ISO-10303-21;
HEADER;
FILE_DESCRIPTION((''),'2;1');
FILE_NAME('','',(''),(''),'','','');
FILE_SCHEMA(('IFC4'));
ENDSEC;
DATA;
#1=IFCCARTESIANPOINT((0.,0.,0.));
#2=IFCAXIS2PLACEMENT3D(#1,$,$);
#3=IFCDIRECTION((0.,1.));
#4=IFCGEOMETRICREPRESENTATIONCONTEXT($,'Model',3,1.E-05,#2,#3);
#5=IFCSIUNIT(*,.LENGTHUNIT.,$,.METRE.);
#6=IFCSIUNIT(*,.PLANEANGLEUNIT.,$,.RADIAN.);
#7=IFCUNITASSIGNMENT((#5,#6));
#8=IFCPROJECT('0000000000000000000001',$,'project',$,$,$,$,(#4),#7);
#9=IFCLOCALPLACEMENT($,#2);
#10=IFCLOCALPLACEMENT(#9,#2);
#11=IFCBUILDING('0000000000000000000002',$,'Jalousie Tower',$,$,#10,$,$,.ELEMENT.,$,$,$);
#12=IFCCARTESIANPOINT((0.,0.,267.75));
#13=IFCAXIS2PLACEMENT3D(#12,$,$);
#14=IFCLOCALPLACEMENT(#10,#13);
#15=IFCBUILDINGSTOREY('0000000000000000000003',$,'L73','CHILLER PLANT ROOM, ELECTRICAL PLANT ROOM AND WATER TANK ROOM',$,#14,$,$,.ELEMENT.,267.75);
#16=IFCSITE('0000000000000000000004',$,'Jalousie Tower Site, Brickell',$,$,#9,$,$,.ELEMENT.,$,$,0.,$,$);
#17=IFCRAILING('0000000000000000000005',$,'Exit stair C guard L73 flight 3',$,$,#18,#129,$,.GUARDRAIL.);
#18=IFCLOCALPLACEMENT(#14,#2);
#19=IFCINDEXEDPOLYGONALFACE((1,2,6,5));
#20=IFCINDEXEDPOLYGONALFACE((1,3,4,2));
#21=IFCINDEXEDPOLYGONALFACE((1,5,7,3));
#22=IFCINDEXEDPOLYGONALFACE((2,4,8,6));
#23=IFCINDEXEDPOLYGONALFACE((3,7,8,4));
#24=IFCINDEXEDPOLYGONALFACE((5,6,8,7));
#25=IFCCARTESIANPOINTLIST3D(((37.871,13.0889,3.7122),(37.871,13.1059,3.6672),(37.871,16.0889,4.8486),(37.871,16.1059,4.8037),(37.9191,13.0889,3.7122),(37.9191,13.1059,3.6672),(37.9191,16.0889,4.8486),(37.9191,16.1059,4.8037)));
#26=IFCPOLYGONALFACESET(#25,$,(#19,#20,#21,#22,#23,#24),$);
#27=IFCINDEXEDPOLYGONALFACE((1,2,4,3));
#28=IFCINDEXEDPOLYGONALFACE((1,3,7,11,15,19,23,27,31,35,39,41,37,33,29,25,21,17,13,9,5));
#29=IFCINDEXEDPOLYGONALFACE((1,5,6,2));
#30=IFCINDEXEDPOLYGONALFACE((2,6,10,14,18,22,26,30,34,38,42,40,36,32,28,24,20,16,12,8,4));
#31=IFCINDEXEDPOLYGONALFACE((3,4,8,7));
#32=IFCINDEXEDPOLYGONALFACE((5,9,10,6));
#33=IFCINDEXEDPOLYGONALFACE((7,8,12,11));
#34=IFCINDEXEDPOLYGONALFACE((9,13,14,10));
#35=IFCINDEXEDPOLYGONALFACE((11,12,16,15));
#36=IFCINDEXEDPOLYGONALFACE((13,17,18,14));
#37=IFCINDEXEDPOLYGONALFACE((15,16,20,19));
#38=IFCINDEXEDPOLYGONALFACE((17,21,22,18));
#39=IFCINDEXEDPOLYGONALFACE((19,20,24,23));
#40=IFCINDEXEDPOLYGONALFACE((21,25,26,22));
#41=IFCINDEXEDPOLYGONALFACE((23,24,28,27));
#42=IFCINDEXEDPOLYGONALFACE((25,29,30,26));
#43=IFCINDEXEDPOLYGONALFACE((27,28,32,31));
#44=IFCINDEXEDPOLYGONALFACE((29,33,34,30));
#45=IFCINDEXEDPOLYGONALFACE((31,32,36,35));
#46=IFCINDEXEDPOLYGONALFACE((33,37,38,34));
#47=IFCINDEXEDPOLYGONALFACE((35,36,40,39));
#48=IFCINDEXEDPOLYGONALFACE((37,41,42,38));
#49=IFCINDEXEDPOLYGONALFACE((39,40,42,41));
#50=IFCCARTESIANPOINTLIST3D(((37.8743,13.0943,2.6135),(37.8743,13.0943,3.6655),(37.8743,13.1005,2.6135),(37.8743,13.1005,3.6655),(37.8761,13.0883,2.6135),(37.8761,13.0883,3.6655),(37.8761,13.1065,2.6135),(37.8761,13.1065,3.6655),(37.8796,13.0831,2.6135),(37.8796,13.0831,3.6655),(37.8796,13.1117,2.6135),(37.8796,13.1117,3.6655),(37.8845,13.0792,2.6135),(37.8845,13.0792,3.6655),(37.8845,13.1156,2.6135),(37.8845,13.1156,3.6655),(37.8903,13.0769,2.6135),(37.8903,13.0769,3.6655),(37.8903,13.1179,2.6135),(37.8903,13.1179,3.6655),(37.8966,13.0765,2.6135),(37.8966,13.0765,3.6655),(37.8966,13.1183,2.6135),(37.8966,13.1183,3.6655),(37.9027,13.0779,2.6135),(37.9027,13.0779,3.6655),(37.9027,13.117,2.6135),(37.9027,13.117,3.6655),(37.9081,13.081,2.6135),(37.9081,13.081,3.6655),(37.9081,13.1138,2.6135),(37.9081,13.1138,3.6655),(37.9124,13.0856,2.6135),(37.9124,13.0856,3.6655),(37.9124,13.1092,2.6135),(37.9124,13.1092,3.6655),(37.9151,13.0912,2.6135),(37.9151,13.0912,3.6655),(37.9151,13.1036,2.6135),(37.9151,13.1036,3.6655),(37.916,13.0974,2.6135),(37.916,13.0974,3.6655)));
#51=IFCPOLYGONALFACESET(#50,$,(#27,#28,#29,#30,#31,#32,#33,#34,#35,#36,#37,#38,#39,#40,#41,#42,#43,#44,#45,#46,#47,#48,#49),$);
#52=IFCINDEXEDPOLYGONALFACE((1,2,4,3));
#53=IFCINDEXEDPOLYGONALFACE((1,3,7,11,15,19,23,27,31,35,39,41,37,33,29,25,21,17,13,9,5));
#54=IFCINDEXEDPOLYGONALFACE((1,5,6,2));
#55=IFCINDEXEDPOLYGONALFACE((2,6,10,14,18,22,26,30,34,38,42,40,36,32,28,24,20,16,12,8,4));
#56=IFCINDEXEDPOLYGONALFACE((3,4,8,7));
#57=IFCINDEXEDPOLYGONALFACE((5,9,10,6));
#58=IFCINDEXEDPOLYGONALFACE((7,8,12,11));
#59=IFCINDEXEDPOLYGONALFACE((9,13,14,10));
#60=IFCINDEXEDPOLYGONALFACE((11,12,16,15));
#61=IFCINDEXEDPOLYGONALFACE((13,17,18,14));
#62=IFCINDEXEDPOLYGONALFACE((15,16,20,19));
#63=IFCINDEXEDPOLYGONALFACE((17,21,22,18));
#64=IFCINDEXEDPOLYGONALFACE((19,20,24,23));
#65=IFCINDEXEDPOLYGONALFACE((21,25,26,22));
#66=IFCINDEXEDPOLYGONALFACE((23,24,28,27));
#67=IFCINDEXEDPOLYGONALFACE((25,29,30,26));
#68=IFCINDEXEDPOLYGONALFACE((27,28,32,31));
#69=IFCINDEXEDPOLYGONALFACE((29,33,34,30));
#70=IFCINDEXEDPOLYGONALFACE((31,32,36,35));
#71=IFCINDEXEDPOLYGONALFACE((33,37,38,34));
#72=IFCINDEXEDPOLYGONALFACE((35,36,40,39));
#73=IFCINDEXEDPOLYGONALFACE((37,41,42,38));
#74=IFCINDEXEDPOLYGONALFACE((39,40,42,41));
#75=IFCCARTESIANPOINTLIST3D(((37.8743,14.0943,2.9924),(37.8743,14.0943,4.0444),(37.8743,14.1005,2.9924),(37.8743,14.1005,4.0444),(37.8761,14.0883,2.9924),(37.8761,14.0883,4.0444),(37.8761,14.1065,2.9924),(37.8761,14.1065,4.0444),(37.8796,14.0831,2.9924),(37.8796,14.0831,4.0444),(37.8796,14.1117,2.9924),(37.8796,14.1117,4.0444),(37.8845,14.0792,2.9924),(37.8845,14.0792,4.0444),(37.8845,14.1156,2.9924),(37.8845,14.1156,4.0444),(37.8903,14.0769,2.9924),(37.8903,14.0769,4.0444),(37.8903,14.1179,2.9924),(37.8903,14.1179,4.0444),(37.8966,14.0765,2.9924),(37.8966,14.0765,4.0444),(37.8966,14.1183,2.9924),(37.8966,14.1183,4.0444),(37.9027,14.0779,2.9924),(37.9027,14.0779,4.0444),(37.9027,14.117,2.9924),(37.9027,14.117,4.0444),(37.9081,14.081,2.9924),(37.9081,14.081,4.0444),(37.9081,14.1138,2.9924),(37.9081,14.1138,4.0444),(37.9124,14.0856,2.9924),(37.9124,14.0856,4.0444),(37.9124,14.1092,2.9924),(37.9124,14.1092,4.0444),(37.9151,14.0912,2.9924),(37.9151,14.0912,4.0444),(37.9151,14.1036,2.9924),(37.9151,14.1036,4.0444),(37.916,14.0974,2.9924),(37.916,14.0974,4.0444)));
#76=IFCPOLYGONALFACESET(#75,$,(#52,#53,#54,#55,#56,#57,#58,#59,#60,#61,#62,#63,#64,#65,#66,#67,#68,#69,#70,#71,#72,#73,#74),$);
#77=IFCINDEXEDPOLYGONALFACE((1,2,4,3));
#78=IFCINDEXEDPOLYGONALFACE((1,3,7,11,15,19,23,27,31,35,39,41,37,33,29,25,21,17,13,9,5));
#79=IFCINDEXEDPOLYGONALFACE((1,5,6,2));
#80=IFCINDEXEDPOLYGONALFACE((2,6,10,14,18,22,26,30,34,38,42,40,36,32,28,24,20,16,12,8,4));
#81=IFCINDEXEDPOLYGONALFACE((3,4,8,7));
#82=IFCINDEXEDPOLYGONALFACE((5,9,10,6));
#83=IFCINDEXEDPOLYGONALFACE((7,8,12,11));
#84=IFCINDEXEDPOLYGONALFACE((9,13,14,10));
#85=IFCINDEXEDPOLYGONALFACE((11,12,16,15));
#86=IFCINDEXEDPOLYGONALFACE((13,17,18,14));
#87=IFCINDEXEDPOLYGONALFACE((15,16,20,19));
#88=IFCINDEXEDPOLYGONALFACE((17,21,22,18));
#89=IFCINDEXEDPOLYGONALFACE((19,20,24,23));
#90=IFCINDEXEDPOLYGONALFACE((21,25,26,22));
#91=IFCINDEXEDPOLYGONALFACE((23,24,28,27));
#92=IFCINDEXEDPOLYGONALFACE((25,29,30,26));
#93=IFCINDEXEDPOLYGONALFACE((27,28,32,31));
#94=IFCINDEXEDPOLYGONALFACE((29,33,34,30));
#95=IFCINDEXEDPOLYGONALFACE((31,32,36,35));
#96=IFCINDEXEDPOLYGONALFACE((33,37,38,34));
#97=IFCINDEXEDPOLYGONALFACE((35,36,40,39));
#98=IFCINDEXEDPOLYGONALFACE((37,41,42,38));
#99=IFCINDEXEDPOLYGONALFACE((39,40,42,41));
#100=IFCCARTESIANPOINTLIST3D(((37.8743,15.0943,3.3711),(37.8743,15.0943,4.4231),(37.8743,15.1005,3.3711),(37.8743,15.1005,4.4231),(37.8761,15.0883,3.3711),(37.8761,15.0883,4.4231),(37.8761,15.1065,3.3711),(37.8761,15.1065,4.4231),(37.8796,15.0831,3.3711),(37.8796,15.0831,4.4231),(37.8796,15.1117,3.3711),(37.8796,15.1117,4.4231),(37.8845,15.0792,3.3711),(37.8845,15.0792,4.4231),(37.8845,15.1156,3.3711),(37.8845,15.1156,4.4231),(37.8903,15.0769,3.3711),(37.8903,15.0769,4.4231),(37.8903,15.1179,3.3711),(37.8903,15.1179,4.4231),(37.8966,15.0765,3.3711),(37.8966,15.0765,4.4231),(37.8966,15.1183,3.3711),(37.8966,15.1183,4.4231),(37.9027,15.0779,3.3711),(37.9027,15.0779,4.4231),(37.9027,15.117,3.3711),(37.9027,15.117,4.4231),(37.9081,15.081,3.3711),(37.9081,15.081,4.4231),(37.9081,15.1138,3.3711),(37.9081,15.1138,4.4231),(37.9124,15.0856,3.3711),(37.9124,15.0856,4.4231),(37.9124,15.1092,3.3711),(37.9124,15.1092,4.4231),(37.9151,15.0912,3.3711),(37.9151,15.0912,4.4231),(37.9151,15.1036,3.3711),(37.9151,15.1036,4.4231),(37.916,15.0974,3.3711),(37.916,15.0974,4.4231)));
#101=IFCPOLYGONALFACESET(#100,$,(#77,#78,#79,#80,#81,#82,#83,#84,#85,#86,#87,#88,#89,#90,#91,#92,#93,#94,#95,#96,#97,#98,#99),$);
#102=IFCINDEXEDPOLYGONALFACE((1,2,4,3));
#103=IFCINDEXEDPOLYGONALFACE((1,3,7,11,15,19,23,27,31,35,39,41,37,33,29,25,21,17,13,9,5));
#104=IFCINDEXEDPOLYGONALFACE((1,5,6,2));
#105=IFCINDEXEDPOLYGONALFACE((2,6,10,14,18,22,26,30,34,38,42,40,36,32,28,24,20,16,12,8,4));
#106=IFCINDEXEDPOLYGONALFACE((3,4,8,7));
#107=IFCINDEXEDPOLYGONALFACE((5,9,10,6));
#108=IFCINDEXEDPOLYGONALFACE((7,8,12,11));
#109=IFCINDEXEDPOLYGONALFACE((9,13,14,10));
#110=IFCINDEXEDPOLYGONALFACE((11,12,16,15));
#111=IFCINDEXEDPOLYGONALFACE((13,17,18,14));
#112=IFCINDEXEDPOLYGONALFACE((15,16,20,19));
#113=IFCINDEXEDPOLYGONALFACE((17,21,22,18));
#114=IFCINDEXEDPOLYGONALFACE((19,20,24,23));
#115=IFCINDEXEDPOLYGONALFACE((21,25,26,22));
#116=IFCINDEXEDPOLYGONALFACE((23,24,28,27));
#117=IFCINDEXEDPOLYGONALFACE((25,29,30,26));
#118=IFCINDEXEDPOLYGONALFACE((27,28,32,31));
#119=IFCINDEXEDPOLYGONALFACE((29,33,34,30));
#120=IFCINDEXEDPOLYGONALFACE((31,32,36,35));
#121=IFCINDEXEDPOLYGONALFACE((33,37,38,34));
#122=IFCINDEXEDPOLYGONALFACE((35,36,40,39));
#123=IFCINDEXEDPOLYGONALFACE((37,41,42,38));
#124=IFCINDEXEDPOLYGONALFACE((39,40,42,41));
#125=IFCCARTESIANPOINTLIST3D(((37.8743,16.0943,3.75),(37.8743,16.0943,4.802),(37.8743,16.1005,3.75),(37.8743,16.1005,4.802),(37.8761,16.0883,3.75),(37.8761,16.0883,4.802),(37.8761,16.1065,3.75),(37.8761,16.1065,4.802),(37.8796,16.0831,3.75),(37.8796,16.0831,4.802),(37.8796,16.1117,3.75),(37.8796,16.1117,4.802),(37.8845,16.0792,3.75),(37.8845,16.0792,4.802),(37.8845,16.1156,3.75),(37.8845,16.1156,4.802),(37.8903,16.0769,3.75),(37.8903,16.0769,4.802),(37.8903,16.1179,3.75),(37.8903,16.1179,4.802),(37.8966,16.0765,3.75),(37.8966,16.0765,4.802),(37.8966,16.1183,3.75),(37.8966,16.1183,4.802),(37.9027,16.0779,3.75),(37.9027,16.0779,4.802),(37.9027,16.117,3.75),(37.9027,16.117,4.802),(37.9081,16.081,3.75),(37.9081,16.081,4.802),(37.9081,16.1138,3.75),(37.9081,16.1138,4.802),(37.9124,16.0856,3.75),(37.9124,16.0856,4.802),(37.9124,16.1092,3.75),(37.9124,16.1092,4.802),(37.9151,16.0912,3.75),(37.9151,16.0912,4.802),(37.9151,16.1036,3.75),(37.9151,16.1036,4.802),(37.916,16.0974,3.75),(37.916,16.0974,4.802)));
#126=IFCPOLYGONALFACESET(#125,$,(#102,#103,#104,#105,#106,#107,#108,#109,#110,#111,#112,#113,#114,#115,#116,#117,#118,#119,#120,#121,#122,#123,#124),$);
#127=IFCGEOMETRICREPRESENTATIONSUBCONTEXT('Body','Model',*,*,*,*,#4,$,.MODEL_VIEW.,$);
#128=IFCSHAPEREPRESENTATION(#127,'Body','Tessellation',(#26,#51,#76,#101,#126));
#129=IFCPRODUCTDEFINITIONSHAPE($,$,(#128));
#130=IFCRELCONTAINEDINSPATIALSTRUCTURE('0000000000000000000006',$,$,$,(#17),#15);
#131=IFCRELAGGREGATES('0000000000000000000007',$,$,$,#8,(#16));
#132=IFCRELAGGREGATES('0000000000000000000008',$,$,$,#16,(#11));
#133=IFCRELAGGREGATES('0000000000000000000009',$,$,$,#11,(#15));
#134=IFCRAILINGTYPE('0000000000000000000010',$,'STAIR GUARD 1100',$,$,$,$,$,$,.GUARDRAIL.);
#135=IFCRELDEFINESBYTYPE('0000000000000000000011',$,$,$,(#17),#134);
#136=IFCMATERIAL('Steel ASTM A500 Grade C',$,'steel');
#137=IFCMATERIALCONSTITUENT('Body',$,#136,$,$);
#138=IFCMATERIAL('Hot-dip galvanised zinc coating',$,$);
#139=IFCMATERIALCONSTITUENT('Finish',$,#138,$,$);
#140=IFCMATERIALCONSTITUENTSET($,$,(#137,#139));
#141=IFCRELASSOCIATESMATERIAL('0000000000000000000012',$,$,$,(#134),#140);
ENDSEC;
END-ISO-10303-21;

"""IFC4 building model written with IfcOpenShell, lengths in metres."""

from ifc_helpers import new_model, si_unit, direction, frame, origin, origin_2d, place, context, subcontext, project, spatial, rectangle, circle, extrude, material, constituent, constituent_set, type_object, element, save


model = new_model("IFC4")

# Units and contexts
model_context = context("Model", 3, precision=1e-05, world=origin(), true_north=direction((0.0, 1.0)))
body_context = subcontext(model_context, "Body", "Model", "MODEL_VIEW")
ifc_project = project(units=[si_unit("LENGTHUNIT", "METRE"), si_unit("PLANEANGLEUNIT", "RADIAN")], contexts=[model_context])

# Site, building, storey
site_placement = place(None, origin())
site = spatial("IfcSite", under=ifc_project, at=site_placement, Name="Jalousie Tower Site, Brickell", CompositionType="ELEMENT", RefElevation=0.0)
building_placement = place(site_placement, origin())
building = spatial("IfcBuilding", under=site, at=building_placement, Name="Jalousie Tower", CompositionType="ELEMENT")
storey_placement = place(building_placement, frame((0.0, 0.0, 267.75)))
storey = spatial("IfcBuildingStorey", under=building, at=storey_placement, Name="L73", Description="CHILLER PLANT ROOM, ELECTRICAL PLANT ROOM AND WATER TANK ROOM", CompositionType="ELEMENT", Elevation=267.75)

# Railing
ifc_material_1 = material(Name="Steel ASTM A500 Grade C", Category="steel")
ifc_constituent_1 = constituent(ifc_material_1, Name="Body")
ifc_material_2 = material(Name="Hot-dip galvanised zinc coating")
ifc_constituent_2 = constituent(ifc_material_2, Name="Finish")
ifc_constituent_set_1 = constituent_set(constituents=[ifc_constituent_1, ifc_constituent_2])
railing_type_1 = type_object("IfcRailingType", Name="STAIR GUARD 1100", PredefinedType="GUARDRAIL", material=ifc_constituent_set_1)
railing_1_placement = place(storey_placement, frame((37.895, 13.0974, 2.6135)))
element("IfcRailing", 1, at=railing_1_placement, inside=storey, type_object=railing_type_1, Name="Exit stair C guard L73 flight 3", PredefinedType="GUARDRAIL", context=body_context, shape_type="SweptSolid", body=[
    extrude(rectangle(XDim=0.0481, YDim=0.0481, at=origin_2d()), frame((0.0, 0.0, 1.0762), z_axis=(0.0, 0.935148, 0.354257), x_axis=(-1.0, 0.0, 0.0)), (0.0, 0.0, 1.0), 3.208),
    extrude(circle(Radius=0.021, at=origin_2d()), origin(), (0.0, 0.0, 1.0), 1.052),
    extrude(circle(Radius=0.021, at=origin_2d()), frame((0.0, 1.0, 0.3789)), (0.0, 0.0, 1.0), 1.052),
    extrude(circle(Radius=0.021, at=origin_2d()), frame((0.0, 2.0, 0.7576)), (0.0, 0.0, 1.0), 1.052),
    extrude(circle(Radius=0.021, at=origin_2d()), frame((0.0, 3.0, 1.1365)), (0.0, 0.0, 1.0), 1.052),
])

save(model, "model.ifc")
